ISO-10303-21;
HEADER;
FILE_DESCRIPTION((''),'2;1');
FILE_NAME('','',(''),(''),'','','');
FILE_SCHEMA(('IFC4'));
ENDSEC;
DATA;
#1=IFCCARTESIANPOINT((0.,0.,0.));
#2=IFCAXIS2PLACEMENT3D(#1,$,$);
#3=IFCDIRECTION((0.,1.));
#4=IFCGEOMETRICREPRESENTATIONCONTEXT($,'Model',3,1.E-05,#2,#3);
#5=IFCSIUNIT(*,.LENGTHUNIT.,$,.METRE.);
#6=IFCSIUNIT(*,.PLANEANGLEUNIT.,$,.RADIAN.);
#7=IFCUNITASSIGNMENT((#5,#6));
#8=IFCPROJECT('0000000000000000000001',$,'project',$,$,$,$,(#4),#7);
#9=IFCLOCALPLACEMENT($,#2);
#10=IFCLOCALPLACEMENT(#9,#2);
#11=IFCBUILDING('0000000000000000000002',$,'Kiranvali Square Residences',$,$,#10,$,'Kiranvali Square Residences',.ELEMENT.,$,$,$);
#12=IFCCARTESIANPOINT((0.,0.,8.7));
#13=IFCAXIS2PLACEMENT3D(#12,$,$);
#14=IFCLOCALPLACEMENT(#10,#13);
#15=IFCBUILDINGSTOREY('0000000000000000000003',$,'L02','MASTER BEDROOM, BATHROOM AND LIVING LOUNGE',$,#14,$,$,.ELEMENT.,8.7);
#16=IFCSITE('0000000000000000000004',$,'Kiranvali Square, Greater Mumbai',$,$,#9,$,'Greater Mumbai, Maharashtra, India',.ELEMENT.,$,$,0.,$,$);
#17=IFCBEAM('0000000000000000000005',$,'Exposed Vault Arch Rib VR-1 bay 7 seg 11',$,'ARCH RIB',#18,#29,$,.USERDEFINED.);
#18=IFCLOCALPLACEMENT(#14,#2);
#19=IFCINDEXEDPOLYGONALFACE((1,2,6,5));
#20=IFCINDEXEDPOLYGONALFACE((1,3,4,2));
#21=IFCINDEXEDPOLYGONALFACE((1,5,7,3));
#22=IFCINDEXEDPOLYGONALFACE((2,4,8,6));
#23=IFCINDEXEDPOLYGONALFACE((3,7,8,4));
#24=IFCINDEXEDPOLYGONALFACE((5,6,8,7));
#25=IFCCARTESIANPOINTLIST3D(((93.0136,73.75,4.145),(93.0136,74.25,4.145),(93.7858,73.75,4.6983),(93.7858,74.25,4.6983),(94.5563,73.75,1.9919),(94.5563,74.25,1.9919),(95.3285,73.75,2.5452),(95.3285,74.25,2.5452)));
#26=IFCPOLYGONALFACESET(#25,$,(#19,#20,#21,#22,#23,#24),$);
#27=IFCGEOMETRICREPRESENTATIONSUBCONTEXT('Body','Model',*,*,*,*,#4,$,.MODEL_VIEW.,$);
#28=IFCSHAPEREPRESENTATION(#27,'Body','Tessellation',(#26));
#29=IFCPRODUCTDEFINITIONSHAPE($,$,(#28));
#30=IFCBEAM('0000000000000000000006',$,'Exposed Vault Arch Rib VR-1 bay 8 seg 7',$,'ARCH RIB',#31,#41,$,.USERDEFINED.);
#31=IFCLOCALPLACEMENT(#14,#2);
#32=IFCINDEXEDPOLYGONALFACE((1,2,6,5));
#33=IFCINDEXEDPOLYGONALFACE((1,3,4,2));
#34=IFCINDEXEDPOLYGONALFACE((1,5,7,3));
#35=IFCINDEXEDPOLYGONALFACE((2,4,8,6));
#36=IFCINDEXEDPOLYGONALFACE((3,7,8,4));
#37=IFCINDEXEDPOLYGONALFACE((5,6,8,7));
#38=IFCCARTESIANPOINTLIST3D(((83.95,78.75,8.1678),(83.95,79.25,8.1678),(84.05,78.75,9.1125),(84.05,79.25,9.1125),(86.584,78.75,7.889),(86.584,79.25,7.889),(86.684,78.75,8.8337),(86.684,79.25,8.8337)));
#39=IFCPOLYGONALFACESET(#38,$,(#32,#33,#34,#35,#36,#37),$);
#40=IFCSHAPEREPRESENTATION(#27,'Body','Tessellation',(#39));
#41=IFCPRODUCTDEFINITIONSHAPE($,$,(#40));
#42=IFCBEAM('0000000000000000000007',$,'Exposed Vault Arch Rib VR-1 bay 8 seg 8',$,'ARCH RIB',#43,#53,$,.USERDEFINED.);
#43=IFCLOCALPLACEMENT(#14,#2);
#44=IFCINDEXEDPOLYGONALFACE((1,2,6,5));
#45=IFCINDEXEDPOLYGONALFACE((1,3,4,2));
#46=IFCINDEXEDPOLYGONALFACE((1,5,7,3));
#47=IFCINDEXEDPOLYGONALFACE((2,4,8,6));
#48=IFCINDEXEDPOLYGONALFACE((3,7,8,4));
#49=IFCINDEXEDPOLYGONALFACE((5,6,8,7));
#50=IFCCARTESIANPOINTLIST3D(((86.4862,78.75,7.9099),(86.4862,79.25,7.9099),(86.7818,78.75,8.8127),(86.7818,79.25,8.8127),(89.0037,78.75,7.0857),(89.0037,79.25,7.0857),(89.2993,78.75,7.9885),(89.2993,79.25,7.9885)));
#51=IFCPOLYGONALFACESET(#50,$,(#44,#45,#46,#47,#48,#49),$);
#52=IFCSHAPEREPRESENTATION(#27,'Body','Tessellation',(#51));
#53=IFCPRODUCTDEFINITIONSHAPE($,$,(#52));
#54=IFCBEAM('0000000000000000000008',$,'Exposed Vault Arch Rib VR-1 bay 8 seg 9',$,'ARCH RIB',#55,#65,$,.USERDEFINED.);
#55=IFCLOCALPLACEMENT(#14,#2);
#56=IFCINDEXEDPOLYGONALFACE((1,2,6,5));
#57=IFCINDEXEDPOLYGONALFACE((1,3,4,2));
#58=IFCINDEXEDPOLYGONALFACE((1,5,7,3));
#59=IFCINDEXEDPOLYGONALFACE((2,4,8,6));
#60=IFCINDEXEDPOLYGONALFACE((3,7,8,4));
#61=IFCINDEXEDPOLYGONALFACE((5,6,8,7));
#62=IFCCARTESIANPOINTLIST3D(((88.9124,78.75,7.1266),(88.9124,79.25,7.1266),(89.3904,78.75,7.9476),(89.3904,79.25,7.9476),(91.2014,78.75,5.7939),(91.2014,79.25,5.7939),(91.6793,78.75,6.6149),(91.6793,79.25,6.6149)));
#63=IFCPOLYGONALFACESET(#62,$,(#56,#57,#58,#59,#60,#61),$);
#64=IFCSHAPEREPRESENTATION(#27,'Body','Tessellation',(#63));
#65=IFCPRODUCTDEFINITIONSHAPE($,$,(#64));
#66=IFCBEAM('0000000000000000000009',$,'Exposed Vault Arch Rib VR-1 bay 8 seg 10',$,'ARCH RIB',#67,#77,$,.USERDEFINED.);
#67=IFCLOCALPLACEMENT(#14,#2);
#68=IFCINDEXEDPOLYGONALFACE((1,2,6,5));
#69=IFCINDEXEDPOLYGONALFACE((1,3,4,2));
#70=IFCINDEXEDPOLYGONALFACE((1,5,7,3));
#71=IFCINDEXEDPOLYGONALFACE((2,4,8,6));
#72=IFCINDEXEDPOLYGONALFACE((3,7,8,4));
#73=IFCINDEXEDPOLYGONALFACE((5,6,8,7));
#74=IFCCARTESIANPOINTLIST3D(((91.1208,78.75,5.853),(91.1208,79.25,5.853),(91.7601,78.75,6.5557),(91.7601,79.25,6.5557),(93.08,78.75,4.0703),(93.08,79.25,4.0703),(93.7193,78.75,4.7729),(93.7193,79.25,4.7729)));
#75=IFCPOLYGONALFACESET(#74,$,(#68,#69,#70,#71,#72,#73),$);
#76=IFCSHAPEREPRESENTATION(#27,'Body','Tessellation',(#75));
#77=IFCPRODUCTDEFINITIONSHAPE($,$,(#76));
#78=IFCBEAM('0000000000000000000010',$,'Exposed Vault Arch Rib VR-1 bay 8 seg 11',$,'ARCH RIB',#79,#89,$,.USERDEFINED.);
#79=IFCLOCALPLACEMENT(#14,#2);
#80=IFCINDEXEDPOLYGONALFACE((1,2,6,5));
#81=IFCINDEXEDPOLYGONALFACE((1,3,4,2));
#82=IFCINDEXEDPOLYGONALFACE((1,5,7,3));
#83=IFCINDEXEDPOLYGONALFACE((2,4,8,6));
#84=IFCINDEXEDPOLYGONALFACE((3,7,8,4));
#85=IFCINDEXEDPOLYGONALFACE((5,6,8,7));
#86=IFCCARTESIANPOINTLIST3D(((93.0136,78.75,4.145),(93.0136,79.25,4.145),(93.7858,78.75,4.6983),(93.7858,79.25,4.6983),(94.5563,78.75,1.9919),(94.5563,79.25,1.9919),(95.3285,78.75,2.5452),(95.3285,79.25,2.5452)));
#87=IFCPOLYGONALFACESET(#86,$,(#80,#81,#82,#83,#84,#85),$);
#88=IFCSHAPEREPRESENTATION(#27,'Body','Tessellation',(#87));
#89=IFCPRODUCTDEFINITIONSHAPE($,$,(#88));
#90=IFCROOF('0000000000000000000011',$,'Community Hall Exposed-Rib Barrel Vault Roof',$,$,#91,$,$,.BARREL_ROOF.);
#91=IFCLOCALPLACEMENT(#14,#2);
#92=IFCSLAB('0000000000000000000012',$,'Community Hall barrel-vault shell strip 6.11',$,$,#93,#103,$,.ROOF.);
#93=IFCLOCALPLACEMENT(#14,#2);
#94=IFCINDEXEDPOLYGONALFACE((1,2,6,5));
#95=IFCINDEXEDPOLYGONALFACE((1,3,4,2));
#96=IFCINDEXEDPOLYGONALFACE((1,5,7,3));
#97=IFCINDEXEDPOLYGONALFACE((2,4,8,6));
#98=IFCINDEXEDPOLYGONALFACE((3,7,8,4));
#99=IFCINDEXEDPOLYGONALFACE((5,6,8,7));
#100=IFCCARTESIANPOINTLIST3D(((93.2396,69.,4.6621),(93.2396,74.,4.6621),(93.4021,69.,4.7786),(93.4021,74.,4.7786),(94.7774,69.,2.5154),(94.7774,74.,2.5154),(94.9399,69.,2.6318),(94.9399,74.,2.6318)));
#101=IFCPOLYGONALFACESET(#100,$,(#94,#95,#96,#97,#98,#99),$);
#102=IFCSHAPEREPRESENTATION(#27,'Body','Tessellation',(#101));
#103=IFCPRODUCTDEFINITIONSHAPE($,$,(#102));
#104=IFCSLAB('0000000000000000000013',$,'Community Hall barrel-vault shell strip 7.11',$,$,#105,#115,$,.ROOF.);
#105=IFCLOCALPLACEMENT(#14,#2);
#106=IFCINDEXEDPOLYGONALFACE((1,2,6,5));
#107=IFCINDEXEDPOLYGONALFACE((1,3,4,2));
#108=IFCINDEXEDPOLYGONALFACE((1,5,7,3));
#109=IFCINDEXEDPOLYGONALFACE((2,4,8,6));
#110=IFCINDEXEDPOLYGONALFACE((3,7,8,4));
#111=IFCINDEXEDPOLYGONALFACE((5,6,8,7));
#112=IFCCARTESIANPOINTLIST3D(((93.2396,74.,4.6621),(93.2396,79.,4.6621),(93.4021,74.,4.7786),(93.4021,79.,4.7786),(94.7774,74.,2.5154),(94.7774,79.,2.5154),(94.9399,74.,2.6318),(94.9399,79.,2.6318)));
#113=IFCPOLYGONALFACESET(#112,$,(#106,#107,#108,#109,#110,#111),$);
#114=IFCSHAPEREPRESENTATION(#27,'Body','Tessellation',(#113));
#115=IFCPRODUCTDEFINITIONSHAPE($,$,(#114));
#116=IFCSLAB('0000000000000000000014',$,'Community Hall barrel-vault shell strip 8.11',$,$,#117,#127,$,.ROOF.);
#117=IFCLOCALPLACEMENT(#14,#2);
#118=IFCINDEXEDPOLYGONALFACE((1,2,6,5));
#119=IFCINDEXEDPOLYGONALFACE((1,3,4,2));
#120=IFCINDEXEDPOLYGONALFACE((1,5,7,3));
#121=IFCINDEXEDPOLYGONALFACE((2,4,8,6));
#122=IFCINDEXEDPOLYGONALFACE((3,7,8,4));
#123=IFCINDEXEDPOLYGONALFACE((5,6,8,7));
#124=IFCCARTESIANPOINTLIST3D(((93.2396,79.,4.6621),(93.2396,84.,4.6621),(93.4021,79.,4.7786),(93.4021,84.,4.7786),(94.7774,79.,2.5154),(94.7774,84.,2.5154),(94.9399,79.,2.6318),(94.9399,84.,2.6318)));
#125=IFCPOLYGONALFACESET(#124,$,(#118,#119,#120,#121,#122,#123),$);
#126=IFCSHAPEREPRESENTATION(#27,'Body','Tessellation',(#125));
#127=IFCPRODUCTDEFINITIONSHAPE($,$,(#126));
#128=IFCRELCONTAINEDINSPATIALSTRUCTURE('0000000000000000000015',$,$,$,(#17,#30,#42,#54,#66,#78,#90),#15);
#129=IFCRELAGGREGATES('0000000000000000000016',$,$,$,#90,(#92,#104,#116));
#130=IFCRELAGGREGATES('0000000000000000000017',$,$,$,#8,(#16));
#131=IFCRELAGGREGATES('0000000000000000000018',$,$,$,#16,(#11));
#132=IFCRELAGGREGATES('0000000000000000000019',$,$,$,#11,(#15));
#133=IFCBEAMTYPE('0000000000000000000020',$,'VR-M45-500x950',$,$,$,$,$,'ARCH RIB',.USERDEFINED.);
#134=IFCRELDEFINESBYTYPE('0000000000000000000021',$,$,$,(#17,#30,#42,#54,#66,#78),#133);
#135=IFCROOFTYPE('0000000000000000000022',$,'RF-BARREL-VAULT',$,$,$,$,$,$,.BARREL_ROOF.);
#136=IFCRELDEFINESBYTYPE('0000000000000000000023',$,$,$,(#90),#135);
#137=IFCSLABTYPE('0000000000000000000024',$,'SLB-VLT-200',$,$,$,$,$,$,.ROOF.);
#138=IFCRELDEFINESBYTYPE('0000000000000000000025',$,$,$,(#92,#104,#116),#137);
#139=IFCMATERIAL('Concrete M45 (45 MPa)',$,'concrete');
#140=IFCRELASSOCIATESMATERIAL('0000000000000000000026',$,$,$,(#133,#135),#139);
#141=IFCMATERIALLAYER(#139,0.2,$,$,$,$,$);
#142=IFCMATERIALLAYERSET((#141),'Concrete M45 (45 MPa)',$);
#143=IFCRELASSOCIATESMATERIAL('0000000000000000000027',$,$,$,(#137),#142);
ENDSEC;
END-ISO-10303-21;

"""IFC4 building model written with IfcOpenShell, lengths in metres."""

from ifc_helpers import new_model, si_unit, direction, frame, origin, origin_2d, place, context, subcontext, project, spatial, polyline, rectangle, outline, extrude, material, layer, layer_set, material_profile, profile_set, type_object, element, aggregate, save


model = new_model("IFC4")

# Units and contexts
model_context = context("Model", 3, precision=1e-05, world=origin(), true_north=direction((0.0, 1.0)))
body_context = subcontext(model_context, "Body", "Model", "MODEL_VIEW")
ifc_project = project(units=[si_unit("LENGTHUNIT", "METRE"), si_unit("PLANEANGLEUNIT", "RADIAN")], contexts=[model_context])

# Site, building, storey
site_placement = place(None, origin())
site = spatial("IfcSite", under=ifc_project, at=site_placement, Name="Kiranvali Square, Greater Mumbai", LongName="Greater Mumbai, Maharashtra, India", CompositionType="ELEMENT", RefElevation=0.0)
building_placement = place(site_placement, origin())
building = spatial("IfcBuilding", under=site, at=building_placement, Name="Kiranvali Square Residences", LongName="Kiranvali Square Residences", CompositionType="ELEMENT")
storey_placement = place(building_placement, frame((0.0, 0.0, 8.7)))
storey = spatial("IfcBuildingStorey", under=building, at=storey_placement, Name="L02", Description="MASTER BEDROOM, BATHROOM AND LIVING LOUNGE", CompositionType="ELEMENT", Elevation=8.7)

# Beams
ifc_material_1 = material(Name="Concrete M45 (45 MPa)", Category="concrete")
ifc_material_profile_1 = material_profile(ifc_material_1, rectangle(XDim=0.5, YDim=0.95, at=origin_2d()), Name="RC 500x950")
ifc_profile_set_1 = profile_set([ifc_material_profile_1], Name="Concrete M45 (45 MPa)")
beam_type = type_object("IfcBeamType", Name="VR-M45-500x950", ElementType="ARCH RIB", PredefinedType="USERDEFINED", material=ifc_profile_set_1)
for number, where, z_axis, x_axis, name in (
    (1, (93.3997, 74.0, 4.4216), (0.582441, 0.0, -0.812873), (0.0, 1.0, 0.0), "Exposed Vault Arch Rib VR-1 bay 7 seg 11"),
    (2, (84.0, 79.0, 8.6401), (0.994445, 0.0, -0.105261), (0.0, 1.0, 0.0), "Exposed Vault Arch Rib VR-1 bay 8 seg 7"),
):
    element("IfcBeam", number, at=place(storey_placement, frame(where, z_axis=z_axis, x_axis=x_axis)), inside=storey, type_object=beam_type, Name=name, ObjectType="ARCH RIB", PredefinedType="USERDEFINED", context=body_context, shape_type="SweptSolid", body=[
        extrude(rectangle(XDim=0.5, YDim=0.95, at=origin_2d()), origin(), (0.0, 0.0, 1.0), 2.6487),
    ])
beam_1_placement = place(storey_placement, frame((86.634, 79.0, 8.3613), z_axis=(0.950356, 0.0, -0.311163), x_axis=(0.0, 1.0, 0.0)))
element("IfcBeam", 3, at=beam_1_placement, inside=storey, type_object=beam_type, Name="Exposed Vault Arch Rib VR-1 bay 8 seg 8", ObjectType="ARCH RIB", PredefinedType="USERDEFINED", context=body_context, shape_type="SweptSolid", body=[
    extrude(rectangle(XDim=0.5, YDim=0.95, at=origin_2d()), origin(), (0.0, 0.0, 1.0), 2.6489),
])
beam_2_placement = place(storey_placement, frame((89.1514, 79.0, 7.5371), z_axis=(0.864193, 0.0, -0.50316), x_axis=(0.0, 1.0, 0.0)))
element("IfcBeam", 4, at=beam_2_placement, inside=storey, type_object=beam_type, Name="Exposed Vault Arch Rib VR-1 bay 8 seg 9", ObjectType="ARCH RIB", PredefinedType="USERDEFINED", context=body_context, shape_type="SweptSolid", body=[
    extrude(rectangle(XDim=0.5, YDim=0.95, at=origin_2d()), origin(), (0.0, 0.0, 1.0), 2.6487),
])
beam_3_placement = place(storey_placement, frame((91.4404, 79.0, 6.2043), z_axis=(0.73964, 0.0, -0.673003), x_axis=(0.0, 1.0, 0.0)))
element("IfcBeam", 5, at=beam_3_placement, inside=storey, type_object=beam_type, Name="Exposed Vault Arch Rib VR-1 bay 8 seg 10", ObjectType="ARCH RIB", PredefinedType="USERDEFINED", context=body_context, shape_type="SweptSolid", body=[
    extrude(rectangle(XDim=0.5, YDim=0.95, at=origin_2d()), origin(), (0.0, 0.0, 1.0), 2.6489),
])
beam_4_placement = place(storey_placement, frame((93.3997, 79.0, 4.4216), z_axis=(0.582441, 0.0, -0.812873), x_axis=(0.0, 1.0, 0.0)))
element("IfcBeam", 6, at=beam_4_placement, inside=storey, type_object=beam_type, Name="Exposed Vault Arch Rib VR-1 bay 8 seg 11", ObjectType="ARCH RIB", PredefinedType="USERDEFINED", context=body_context, shape_type="SweptSolid", body=[
    extrude(rectangle(XDim=0.5, YDim=0.95, at=origin_2d()), origin(), (0.0, 0.0, 1.0), 2.6487),
])

# Roof, slabs
roof_type = type_object("IfcRoofType", Name="RF-BARREL-VAULT", PredefinedType="BARREL_ROOF", material=ifc_material_1)
roof_placement = place(storey_placement, origin())
roof = element("IfcRoof", 7, at=roof_placement, inside=storey, type_object=roof_type, Name="Community Hall Exposed-Rib Barrel Vault Roof", PredefinedType="BARREL_ROOF")
ifc_layer = layer(ifc_material_1, 0.2)
ifc_layer_set = layer_set([ifc_layer], Name="Concrete M45 (45 MPa)")
slab_type = type_object("IfcSlabType", Name="SLB-VLT-200", PredefinedType="ROOF", material=ifc_layer_set)
slab_1_placement = place(storey_placement, frame((93.4021, 69.0, 4.7786), z_axis=(0.812933, 0.0, 0.582357), x_axis=(0.582357, 0.0, -0.812933)))
slab_1 = element("IfcSlab", 8, at=slab_1_placement, type_object=slab_type, Name="Community Hall barrel-vault shell strip 6.11", PredefinedType="ROOF", context=body_context, shape_type="SweptSolid", body=[
    extrude(outline(polyline([(0.0, 0.0), (2.6407, 0.0), (2.6407, 5.0), (0.0, 5.0), (0.0, 0.0)])), origin(), (0.0, 0.0, -1.0), 0.2),
])
slab_2_placement = place(storey_placement, frame((93.4021, 74.0, 4.7786), z_axis=(0.812933, 0.0, 0.582357), x_axis=(0.582357, 0.0, -0.812933)))
slab_2 = element("IfcSlab", 9, at=slab_2_placement, type_object=slab_type, Name="Community Hall barrel-vault shell strip 7.11", PredefinedType="ROOF", context=body_context, shape_type="SweptSolid", body=[
    extrude(outline(polyline([(0.0, 0.0), (2.6407, 0.0), (2.6407, 5.0), (0.0, 5.0), (0.0, 0.0)])), origin(), (0.0, 0.0, -1.0), 0.2),
])
slab_3_placement = place(storey_placement, frame((93.4021, 79.0, 4.7786), z_axis=(0.812933, 0.0, 0.582357), x_axis=(0.582357, 0.0, -0.812933)))
slab_3 = element("IfcSlab", 10, at=slab_3_placement, type_object=slab_type, Name="Community Hall barrel-vault shell strip 8.11", PredefinedType="ROOF", context=body_context, shape_type="SweptSolid", body=[
    extrude(outline(polyline([(0.0, 0.0), (2.6407, 0.0), (2.6407, 5.0), (0.0, 5.0), (0.0, 0.0)])), origin(), (0.0, 0.0, -1.0), 0.2),
])
aggregate(roof, [slab_1, slab_2, slab_3])

save(model, "model.ifc")
